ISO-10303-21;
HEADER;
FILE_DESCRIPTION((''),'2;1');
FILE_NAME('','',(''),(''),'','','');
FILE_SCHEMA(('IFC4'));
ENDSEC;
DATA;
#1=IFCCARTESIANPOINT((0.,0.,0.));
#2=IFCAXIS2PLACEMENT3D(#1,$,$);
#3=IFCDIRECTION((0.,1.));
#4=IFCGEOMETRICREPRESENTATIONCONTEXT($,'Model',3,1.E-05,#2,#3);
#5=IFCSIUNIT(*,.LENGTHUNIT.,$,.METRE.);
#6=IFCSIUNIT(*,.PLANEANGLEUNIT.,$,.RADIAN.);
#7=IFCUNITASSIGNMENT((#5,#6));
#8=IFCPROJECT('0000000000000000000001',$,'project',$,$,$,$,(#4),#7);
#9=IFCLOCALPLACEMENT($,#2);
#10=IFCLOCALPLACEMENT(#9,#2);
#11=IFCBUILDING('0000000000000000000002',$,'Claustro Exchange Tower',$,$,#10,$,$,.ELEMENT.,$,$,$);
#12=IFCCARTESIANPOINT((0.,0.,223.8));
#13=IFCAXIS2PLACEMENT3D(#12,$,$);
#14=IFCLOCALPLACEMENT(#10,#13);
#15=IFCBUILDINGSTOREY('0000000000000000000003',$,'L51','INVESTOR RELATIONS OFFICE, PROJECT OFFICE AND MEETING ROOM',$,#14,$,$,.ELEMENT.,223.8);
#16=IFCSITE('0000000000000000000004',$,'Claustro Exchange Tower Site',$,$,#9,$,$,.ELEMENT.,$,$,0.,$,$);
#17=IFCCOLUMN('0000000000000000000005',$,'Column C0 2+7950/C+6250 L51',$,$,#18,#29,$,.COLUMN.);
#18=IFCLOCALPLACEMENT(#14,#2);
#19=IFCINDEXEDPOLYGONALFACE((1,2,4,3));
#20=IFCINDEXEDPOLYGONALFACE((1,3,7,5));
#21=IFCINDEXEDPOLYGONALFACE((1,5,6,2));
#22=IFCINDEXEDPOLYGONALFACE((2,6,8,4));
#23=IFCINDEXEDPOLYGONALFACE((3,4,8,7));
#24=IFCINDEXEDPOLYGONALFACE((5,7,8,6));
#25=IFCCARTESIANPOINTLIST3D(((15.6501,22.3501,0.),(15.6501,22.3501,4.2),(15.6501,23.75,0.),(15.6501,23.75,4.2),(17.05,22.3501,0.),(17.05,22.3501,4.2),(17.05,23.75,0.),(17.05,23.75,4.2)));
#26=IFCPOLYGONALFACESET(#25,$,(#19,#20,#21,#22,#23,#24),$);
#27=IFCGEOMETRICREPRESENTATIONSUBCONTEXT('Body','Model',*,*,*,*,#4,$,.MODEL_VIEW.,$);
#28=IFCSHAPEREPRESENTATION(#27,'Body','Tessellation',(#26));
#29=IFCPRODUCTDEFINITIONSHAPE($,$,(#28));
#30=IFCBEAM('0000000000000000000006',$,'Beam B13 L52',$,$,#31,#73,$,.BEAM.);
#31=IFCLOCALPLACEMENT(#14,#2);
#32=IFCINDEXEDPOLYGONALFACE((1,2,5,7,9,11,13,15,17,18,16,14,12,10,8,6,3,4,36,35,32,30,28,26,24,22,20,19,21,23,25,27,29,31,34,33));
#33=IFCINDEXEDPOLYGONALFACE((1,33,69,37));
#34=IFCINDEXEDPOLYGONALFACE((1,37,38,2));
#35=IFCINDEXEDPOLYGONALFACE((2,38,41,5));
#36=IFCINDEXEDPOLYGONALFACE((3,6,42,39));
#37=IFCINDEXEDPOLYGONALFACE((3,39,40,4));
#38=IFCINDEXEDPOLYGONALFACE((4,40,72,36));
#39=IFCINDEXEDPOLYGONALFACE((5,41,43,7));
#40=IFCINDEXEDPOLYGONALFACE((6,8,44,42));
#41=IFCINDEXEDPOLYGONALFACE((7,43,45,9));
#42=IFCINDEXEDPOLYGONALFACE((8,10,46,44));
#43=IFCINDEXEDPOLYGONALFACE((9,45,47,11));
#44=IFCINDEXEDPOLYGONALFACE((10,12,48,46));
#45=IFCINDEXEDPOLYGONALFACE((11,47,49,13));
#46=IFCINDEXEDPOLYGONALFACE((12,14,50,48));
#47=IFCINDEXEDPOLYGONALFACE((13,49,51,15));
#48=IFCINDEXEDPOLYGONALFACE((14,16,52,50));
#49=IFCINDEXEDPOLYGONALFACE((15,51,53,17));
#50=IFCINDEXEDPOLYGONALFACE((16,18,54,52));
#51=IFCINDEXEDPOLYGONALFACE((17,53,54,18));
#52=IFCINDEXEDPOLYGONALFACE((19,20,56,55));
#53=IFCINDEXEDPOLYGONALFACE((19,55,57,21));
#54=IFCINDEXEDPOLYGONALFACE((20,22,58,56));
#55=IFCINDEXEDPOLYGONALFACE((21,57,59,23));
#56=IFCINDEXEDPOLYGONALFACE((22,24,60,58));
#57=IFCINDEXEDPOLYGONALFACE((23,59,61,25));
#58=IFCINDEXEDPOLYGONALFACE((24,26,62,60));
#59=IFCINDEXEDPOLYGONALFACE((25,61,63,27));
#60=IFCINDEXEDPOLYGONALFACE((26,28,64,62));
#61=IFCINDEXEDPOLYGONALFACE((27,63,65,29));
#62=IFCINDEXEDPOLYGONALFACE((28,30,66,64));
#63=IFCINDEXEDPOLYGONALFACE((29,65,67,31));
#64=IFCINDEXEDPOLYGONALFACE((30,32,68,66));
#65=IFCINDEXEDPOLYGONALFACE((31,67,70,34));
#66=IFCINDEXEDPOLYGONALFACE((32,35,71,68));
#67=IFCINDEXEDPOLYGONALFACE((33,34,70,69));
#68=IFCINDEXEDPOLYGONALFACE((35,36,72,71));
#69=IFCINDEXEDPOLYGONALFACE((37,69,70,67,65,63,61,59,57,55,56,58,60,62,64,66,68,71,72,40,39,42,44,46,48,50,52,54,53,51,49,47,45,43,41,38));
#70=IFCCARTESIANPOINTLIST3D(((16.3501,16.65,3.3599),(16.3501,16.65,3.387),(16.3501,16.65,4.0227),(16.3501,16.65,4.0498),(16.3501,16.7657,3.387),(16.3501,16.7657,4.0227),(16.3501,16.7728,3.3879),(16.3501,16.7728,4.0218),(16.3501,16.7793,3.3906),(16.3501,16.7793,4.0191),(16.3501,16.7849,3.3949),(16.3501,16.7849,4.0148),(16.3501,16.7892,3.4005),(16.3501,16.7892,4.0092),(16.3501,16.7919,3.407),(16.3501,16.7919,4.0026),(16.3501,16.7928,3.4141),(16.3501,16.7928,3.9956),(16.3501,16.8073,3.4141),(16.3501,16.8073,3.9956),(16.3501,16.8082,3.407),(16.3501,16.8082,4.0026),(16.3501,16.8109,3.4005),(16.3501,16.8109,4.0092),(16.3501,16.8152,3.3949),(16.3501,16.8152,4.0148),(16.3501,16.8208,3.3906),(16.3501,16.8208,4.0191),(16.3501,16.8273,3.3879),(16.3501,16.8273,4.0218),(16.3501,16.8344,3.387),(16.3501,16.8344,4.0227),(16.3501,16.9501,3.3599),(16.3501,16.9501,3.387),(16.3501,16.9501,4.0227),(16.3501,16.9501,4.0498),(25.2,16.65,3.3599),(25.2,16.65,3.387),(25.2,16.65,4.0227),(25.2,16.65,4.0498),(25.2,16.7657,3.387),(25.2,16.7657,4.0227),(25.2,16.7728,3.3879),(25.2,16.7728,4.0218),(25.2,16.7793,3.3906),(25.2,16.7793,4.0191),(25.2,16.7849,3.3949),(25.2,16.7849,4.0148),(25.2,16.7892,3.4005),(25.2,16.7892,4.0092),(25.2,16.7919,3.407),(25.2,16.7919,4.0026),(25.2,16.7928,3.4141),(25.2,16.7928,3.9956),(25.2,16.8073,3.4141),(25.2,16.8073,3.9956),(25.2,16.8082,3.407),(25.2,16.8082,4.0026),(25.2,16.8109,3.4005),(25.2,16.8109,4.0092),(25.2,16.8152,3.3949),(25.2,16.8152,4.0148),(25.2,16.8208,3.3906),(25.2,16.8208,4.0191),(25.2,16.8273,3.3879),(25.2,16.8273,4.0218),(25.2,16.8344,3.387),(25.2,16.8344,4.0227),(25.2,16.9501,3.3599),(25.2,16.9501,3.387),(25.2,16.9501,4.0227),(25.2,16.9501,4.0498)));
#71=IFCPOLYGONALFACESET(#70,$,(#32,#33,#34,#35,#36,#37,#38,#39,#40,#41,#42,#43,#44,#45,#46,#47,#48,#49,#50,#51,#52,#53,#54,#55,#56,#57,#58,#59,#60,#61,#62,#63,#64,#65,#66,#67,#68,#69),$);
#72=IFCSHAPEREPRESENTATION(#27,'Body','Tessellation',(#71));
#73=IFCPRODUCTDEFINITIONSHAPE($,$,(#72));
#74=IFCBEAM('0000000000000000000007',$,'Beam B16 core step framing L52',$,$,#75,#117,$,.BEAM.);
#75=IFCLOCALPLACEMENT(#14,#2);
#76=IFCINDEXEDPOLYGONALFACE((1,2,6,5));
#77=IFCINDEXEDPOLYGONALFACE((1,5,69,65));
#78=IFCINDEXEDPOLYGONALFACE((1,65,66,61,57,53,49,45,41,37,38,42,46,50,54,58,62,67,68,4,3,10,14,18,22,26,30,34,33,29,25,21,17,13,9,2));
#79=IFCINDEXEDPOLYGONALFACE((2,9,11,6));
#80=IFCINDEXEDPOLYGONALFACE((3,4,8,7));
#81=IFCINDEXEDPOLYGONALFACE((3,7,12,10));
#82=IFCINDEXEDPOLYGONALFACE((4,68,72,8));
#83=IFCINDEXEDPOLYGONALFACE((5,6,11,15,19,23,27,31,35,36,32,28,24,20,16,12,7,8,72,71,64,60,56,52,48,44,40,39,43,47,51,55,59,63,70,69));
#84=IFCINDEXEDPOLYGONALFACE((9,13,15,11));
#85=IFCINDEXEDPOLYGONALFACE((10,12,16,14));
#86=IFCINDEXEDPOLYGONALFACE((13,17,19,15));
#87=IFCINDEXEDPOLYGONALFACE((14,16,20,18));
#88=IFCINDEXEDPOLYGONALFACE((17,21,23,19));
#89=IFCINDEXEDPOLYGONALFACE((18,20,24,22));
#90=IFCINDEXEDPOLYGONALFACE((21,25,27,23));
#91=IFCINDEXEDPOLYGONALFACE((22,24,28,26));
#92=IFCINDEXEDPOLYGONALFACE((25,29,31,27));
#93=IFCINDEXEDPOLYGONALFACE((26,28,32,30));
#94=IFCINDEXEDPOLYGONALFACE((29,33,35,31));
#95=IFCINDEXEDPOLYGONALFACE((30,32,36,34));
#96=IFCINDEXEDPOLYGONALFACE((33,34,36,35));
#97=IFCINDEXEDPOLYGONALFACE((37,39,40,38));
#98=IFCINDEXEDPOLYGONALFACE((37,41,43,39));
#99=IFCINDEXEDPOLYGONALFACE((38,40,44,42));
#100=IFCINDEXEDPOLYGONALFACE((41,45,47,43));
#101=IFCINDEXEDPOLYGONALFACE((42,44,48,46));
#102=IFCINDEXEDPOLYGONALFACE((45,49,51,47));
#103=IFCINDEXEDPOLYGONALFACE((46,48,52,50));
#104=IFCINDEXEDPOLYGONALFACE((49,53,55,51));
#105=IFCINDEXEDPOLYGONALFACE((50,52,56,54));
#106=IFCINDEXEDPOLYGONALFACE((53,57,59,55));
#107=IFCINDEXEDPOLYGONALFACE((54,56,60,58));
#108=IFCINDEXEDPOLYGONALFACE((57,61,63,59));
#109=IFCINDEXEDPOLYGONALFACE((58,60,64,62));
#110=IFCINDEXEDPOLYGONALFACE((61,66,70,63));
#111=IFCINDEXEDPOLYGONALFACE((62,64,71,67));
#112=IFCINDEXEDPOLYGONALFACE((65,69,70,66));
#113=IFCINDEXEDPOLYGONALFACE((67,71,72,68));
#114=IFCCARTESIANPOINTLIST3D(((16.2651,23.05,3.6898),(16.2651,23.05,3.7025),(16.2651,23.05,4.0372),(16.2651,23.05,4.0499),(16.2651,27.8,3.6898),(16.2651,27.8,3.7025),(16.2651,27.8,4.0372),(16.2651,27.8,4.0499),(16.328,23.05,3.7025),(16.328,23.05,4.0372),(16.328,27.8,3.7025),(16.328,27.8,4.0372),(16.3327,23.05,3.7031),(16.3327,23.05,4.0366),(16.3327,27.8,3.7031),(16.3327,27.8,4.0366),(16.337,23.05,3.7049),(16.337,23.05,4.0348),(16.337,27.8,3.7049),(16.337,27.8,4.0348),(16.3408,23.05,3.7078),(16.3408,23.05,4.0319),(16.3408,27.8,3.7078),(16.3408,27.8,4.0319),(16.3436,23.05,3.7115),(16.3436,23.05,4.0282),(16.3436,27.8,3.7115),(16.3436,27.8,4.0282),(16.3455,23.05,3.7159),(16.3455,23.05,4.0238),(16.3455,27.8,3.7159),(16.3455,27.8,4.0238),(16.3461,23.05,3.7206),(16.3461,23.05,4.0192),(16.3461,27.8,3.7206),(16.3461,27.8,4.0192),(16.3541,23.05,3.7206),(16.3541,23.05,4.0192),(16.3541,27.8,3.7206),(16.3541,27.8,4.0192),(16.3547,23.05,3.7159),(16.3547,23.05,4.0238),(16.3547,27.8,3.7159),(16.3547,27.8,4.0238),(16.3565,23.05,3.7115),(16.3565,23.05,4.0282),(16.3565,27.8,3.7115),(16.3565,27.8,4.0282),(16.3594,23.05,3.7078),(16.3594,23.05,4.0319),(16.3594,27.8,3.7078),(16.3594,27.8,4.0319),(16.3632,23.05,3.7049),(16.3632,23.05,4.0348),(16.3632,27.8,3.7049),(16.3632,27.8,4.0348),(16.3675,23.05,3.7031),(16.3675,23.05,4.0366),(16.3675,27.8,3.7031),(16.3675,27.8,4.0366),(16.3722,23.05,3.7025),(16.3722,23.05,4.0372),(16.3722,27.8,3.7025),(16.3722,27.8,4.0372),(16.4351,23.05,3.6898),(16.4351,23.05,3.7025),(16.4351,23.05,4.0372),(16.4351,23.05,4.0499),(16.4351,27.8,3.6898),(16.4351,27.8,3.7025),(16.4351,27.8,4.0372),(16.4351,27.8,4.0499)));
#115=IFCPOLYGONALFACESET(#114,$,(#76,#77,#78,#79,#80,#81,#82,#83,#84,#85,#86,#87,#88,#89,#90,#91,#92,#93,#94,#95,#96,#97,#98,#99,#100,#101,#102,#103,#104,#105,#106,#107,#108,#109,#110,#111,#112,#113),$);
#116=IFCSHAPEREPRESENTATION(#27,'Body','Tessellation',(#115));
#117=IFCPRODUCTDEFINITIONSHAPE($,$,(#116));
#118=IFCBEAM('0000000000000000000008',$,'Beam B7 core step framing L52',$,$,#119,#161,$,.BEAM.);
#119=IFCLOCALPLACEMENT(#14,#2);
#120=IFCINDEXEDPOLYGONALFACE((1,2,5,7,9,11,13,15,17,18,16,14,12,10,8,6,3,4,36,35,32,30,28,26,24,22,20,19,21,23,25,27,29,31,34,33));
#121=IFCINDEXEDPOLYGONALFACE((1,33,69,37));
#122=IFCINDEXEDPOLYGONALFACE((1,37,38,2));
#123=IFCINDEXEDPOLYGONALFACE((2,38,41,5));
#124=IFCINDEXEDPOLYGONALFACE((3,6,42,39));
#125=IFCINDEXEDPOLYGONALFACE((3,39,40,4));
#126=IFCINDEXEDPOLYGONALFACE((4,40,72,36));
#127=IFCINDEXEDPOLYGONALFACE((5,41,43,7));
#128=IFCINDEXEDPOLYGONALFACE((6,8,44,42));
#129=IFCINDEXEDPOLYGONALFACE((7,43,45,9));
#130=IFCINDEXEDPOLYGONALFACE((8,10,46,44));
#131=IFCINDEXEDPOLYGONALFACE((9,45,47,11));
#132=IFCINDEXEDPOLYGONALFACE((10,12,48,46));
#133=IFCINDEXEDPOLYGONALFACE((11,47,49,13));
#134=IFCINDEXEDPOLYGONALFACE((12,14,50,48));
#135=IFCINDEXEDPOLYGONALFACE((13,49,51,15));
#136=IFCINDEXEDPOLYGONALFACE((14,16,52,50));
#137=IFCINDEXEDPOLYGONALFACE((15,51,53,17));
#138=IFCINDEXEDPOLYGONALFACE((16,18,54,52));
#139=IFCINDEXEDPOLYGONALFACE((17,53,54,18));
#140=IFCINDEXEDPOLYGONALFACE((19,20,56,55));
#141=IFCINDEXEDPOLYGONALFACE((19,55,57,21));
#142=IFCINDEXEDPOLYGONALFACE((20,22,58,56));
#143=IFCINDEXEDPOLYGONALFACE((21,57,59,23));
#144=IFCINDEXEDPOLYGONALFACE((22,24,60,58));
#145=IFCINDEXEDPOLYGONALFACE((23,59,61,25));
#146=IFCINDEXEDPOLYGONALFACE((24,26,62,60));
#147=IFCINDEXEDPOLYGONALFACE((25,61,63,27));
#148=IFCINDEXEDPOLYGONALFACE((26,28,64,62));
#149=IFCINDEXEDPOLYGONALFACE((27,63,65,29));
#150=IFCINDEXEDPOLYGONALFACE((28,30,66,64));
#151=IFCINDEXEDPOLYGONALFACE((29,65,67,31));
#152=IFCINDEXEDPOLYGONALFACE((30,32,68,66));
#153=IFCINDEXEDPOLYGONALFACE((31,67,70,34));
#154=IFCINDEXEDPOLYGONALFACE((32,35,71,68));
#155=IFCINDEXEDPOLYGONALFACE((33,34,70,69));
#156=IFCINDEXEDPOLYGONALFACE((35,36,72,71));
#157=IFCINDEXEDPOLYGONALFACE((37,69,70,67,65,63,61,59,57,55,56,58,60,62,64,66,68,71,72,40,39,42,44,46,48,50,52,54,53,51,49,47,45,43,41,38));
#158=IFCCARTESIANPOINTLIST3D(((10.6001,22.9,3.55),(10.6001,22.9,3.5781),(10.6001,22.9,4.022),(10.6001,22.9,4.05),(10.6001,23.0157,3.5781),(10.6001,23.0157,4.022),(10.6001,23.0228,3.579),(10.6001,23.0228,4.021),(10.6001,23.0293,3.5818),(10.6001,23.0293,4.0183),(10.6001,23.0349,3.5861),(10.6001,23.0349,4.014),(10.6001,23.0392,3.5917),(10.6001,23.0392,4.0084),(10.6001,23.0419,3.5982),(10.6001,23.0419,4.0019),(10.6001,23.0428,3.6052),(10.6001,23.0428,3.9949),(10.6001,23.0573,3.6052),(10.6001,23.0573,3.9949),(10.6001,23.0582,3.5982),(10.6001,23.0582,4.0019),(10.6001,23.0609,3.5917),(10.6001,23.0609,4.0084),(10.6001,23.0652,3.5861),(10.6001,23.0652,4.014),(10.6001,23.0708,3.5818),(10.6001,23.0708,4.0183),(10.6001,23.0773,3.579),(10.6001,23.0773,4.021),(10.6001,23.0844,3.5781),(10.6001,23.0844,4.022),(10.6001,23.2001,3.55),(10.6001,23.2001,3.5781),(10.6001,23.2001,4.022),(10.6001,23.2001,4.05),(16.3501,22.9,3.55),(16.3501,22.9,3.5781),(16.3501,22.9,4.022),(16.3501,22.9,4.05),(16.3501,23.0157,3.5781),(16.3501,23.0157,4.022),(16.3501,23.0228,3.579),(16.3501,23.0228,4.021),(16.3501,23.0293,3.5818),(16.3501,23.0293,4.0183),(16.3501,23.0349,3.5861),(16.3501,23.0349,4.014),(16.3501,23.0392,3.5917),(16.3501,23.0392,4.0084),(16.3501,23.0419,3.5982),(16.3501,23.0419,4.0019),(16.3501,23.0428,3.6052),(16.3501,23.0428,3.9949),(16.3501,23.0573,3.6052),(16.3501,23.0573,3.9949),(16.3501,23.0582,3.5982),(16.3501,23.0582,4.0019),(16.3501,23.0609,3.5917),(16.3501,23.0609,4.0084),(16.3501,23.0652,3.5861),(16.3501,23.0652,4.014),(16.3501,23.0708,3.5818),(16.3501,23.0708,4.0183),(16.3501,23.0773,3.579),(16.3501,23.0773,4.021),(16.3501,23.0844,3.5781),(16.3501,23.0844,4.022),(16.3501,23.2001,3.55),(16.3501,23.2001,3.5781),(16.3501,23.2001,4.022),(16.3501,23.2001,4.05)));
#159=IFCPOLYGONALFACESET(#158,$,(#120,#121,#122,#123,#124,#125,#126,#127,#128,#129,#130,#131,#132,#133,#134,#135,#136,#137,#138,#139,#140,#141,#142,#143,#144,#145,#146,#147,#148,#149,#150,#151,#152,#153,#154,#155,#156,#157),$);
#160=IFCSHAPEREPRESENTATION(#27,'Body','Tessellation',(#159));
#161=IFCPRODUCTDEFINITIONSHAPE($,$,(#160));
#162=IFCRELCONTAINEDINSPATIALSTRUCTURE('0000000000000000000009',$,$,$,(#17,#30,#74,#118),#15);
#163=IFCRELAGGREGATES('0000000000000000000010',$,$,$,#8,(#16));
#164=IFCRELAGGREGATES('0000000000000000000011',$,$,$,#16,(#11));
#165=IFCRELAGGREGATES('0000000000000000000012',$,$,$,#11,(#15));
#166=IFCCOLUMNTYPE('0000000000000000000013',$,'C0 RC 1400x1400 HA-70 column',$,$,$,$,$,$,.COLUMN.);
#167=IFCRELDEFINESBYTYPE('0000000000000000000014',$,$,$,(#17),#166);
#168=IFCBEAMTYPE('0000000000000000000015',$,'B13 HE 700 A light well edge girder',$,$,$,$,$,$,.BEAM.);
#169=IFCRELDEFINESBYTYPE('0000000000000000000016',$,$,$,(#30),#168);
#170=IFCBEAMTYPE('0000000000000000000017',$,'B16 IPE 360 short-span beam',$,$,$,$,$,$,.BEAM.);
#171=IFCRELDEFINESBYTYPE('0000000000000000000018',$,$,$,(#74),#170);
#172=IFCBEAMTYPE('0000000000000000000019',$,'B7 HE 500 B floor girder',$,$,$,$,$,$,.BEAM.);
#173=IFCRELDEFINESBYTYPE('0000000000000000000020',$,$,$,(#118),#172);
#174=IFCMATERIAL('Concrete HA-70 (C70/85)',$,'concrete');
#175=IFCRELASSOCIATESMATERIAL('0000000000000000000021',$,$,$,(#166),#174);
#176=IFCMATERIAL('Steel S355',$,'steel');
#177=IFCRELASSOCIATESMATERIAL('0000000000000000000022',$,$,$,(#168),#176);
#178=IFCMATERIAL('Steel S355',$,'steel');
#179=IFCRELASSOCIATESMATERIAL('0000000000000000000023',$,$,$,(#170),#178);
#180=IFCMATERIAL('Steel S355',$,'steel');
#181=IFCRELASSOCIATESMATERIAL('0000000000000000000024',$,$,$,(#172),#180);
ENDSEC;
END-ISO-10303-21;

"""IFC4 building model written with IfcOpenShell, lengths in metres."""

from ifc_helpers import new_model, si_unit, direction, frame, origin, origin_2d, place, context, subcontext, project, spatial, rectangle, i_section, extrude, material, material_profile, profile_set, type_object, element, save


model = new_model("IFC4")

# Units and contexts
model_context = context("Model", 3, precision=1e-05, world=origin(), true_north=direction((0.0, 1.0)))
body_context = subcontext(model_context, "Body", "Model", "MODEL_VIEW")
ifc_project = project(units=[si_unit("LENGTHUNIT", "METRE"), si_unit("PLANEANGLEUNIT", "RADIAN")], contexts=[model_context])

# Site, building, storey
site_placement = place(None, origin())
site = spatial("IfcSite", under=ifc_project, at=site_placement, Name="Claustro Exchange Tower Site", CompositionType="ELEMENT", RefElevation=0.0)
building_placement = place(site_placement, origin())
building = spatial("IfcBuilding", under=site, at=building_placement, Name="Claustro Exchange Tower", CompositionType="ELEMENT")
storey_placement = place(building_placement, frame((0.0, 0.0, 223.8)))
storey = spatial("IfcBuildingStorey", under=building, at=storey_placement, Name="L51", Description="INVESTOR RELATIONS OFFICE, PROJECT OFFICE AND MEETING ROOM", CompositionType="ELEMENT", Elevation=223.8)

# Column
ifc_material_1 = material(Name="Concrete HA-70 (C70/85)", Category="concrete")
ifc_material_profile_1 = material_profile(ifc_material_1, rectangle(XDim=1.3999, YDim=1.3999, at=origin_2d()), Name="RC 1400x1400")
ifc_profile_set_1 = profile_set([ifc_material_profile_1], Name="Concrete HA-70 (C70/85)")
column_type = type_object("IfcColumnType", Name="C0 RC 1400x1400 HA-70 column", PredefinedType="COLUMN", material=ifc_profile_set_1)
column_placement = place(storey_placement, frame((16.3501, 23.05, 0.0), z_axis=(0.0, 0.0, 1.0), x_axis=(1.0, 0.0, 0.0)))
element("IfcColumn", 1, at=column_placement, inside=storey, type_object=column_type, Name="Column C0 2+7950/C+6250 L51", PredefinedType="COLUMN", context=body_context, shape_type="SweptSolid", body=[
    extrude(rectangle(XDim=1.3999, YDim=1.3999, at=origin_2d()), origin(), (0.0, 0.0, 1.0), 4.2),
])

# Beams
ifc_material_2 = material(Name="Steel S355", Category="steel")
ifc_material_profile_2 = material_profile(ifc_material_2, i_section(OverallWidth=0.3, OverallDepth=0.6899, WebThickness=0.0144, FlangeThickness=0.0271, FilletRadius=0.0271, at=origin_2d()), Name="HE 700 A")
ifc_profile_set_2 = profile_set([ifc_material_profile_2], Name="Steel S355")
beam_type_1 = type_object("IfcBeamType", Name="B13 HE 700 A light well edge girder", PredefinedType="BEAM", material=ifc_profile_set_2)
beam_1_placement = place(storey_placement, frame((16.3501, 16.8, 3.7048), z_axis=(1.0, 0.0, 0.0), x_axis=(0.0, 1.0, 0.0)))
element("IfcBeam", 2, at=beam_1_placement, inside=storey, type_object=beam_type_1, Name="Beam B13 L52", PredefinedType="BEAM", context=body_context, shape_type="SweptSolid", body=[
    extrude(i_section(OverallWidth=0.3, OverallDepth=0.6899, WebThickness=0.0144, FlangeThickness=0.0271, FilletRadius=0.0271, at=origin_2d()), origin(), (0.0, 0.0, 1.0), 8.8499),
])
ifc_material_3 = material(Name="Steel S355", Category="steel")
ifc_material_profile_3 = material_profile(ifc_material_3, i_section(OverallWidth=0.1699, OverallDepth=0.3601, WebThickness=0.0081, FlangeThickness=0.0127, FilletRadius=0.0181, at=origin_2d()), Name="IPE 360")
ifc_profile_set_3 = profile_set([ifc_material_profile_3], Name="Steel S355")
beam_type_2 = type_object("IfcBeamType", Name="B16 IPE 360 short-span beam", PredefinedType="BEAM", material=ifc_profile_set_3)
beam_2_placement = place(storey_placement, frame((16.3501, 23.05, 3.8699), z_axis=(0.0, 1.0, 0.0), x_axis=(-1.0, 0.0, 0.0)))
element("IfcBeam", 3, at=beam_2_placement, inside=storey, type_object=beam_type_2, Name="Beam B16 core step framing L52", PredefinedType="BEAM", context=body_context, shape_type="SweptSolid", body=[
    extrude(i_section(OverallWidth=0.1699, OverallDepth=0.3601, WebThickness=0.0081, FlangeThickness=0.0127, FilletRadius=0.0181, at=origin_2d()), origin(), (0.0, 0.0, 1.0), 4.75),
])
ifc_material_4 = material(Name="Steel S355", Category="steel")
ifc_material_profile_4 = material_profile(ifc_material_4, i_section(OverallWidth=0.3, OverallDepth=0.5, WebThickness=0.0144, FlangeThickness=0.0281, FilletRadius=0.0271, at=origin_2d()), Name="HE 500 B")
ifc_profile_set_4 = profile_set([ifc_material_profile_4], Name="Steel S355")
beam_type_3 = type_object("IfcBeamType", Name="B7 HE 500 B floor girder", PredefinedType="BEAM", material=ifc_profile_set_4)
beam_3_placement = place(storey_placement, frame((10.6001, 23.05, 3.8), z_axis=(1.0, 0.0, 0.0), x_axis=(0.0, 1.0, 0.0)))
element("IfcBeam", 4, at=beam_3_placement, inside=storey, type_object=beam_type_3, Name="Beam B7 core step framing L52", PredefinedType="BEAM", context=body_context, shape_type="SweptSolid", body=[
    extrude(i_section(OverallWidth=0.3, OverallDepth=0.5, WebThickness=0.0144, FlangeThickness=0.0281, FilletRadius=0.0271, at=origin_2d()), origin(), (0.0, 0.0, 1.0), 5.75),
])

save(model, "model.ifc")
